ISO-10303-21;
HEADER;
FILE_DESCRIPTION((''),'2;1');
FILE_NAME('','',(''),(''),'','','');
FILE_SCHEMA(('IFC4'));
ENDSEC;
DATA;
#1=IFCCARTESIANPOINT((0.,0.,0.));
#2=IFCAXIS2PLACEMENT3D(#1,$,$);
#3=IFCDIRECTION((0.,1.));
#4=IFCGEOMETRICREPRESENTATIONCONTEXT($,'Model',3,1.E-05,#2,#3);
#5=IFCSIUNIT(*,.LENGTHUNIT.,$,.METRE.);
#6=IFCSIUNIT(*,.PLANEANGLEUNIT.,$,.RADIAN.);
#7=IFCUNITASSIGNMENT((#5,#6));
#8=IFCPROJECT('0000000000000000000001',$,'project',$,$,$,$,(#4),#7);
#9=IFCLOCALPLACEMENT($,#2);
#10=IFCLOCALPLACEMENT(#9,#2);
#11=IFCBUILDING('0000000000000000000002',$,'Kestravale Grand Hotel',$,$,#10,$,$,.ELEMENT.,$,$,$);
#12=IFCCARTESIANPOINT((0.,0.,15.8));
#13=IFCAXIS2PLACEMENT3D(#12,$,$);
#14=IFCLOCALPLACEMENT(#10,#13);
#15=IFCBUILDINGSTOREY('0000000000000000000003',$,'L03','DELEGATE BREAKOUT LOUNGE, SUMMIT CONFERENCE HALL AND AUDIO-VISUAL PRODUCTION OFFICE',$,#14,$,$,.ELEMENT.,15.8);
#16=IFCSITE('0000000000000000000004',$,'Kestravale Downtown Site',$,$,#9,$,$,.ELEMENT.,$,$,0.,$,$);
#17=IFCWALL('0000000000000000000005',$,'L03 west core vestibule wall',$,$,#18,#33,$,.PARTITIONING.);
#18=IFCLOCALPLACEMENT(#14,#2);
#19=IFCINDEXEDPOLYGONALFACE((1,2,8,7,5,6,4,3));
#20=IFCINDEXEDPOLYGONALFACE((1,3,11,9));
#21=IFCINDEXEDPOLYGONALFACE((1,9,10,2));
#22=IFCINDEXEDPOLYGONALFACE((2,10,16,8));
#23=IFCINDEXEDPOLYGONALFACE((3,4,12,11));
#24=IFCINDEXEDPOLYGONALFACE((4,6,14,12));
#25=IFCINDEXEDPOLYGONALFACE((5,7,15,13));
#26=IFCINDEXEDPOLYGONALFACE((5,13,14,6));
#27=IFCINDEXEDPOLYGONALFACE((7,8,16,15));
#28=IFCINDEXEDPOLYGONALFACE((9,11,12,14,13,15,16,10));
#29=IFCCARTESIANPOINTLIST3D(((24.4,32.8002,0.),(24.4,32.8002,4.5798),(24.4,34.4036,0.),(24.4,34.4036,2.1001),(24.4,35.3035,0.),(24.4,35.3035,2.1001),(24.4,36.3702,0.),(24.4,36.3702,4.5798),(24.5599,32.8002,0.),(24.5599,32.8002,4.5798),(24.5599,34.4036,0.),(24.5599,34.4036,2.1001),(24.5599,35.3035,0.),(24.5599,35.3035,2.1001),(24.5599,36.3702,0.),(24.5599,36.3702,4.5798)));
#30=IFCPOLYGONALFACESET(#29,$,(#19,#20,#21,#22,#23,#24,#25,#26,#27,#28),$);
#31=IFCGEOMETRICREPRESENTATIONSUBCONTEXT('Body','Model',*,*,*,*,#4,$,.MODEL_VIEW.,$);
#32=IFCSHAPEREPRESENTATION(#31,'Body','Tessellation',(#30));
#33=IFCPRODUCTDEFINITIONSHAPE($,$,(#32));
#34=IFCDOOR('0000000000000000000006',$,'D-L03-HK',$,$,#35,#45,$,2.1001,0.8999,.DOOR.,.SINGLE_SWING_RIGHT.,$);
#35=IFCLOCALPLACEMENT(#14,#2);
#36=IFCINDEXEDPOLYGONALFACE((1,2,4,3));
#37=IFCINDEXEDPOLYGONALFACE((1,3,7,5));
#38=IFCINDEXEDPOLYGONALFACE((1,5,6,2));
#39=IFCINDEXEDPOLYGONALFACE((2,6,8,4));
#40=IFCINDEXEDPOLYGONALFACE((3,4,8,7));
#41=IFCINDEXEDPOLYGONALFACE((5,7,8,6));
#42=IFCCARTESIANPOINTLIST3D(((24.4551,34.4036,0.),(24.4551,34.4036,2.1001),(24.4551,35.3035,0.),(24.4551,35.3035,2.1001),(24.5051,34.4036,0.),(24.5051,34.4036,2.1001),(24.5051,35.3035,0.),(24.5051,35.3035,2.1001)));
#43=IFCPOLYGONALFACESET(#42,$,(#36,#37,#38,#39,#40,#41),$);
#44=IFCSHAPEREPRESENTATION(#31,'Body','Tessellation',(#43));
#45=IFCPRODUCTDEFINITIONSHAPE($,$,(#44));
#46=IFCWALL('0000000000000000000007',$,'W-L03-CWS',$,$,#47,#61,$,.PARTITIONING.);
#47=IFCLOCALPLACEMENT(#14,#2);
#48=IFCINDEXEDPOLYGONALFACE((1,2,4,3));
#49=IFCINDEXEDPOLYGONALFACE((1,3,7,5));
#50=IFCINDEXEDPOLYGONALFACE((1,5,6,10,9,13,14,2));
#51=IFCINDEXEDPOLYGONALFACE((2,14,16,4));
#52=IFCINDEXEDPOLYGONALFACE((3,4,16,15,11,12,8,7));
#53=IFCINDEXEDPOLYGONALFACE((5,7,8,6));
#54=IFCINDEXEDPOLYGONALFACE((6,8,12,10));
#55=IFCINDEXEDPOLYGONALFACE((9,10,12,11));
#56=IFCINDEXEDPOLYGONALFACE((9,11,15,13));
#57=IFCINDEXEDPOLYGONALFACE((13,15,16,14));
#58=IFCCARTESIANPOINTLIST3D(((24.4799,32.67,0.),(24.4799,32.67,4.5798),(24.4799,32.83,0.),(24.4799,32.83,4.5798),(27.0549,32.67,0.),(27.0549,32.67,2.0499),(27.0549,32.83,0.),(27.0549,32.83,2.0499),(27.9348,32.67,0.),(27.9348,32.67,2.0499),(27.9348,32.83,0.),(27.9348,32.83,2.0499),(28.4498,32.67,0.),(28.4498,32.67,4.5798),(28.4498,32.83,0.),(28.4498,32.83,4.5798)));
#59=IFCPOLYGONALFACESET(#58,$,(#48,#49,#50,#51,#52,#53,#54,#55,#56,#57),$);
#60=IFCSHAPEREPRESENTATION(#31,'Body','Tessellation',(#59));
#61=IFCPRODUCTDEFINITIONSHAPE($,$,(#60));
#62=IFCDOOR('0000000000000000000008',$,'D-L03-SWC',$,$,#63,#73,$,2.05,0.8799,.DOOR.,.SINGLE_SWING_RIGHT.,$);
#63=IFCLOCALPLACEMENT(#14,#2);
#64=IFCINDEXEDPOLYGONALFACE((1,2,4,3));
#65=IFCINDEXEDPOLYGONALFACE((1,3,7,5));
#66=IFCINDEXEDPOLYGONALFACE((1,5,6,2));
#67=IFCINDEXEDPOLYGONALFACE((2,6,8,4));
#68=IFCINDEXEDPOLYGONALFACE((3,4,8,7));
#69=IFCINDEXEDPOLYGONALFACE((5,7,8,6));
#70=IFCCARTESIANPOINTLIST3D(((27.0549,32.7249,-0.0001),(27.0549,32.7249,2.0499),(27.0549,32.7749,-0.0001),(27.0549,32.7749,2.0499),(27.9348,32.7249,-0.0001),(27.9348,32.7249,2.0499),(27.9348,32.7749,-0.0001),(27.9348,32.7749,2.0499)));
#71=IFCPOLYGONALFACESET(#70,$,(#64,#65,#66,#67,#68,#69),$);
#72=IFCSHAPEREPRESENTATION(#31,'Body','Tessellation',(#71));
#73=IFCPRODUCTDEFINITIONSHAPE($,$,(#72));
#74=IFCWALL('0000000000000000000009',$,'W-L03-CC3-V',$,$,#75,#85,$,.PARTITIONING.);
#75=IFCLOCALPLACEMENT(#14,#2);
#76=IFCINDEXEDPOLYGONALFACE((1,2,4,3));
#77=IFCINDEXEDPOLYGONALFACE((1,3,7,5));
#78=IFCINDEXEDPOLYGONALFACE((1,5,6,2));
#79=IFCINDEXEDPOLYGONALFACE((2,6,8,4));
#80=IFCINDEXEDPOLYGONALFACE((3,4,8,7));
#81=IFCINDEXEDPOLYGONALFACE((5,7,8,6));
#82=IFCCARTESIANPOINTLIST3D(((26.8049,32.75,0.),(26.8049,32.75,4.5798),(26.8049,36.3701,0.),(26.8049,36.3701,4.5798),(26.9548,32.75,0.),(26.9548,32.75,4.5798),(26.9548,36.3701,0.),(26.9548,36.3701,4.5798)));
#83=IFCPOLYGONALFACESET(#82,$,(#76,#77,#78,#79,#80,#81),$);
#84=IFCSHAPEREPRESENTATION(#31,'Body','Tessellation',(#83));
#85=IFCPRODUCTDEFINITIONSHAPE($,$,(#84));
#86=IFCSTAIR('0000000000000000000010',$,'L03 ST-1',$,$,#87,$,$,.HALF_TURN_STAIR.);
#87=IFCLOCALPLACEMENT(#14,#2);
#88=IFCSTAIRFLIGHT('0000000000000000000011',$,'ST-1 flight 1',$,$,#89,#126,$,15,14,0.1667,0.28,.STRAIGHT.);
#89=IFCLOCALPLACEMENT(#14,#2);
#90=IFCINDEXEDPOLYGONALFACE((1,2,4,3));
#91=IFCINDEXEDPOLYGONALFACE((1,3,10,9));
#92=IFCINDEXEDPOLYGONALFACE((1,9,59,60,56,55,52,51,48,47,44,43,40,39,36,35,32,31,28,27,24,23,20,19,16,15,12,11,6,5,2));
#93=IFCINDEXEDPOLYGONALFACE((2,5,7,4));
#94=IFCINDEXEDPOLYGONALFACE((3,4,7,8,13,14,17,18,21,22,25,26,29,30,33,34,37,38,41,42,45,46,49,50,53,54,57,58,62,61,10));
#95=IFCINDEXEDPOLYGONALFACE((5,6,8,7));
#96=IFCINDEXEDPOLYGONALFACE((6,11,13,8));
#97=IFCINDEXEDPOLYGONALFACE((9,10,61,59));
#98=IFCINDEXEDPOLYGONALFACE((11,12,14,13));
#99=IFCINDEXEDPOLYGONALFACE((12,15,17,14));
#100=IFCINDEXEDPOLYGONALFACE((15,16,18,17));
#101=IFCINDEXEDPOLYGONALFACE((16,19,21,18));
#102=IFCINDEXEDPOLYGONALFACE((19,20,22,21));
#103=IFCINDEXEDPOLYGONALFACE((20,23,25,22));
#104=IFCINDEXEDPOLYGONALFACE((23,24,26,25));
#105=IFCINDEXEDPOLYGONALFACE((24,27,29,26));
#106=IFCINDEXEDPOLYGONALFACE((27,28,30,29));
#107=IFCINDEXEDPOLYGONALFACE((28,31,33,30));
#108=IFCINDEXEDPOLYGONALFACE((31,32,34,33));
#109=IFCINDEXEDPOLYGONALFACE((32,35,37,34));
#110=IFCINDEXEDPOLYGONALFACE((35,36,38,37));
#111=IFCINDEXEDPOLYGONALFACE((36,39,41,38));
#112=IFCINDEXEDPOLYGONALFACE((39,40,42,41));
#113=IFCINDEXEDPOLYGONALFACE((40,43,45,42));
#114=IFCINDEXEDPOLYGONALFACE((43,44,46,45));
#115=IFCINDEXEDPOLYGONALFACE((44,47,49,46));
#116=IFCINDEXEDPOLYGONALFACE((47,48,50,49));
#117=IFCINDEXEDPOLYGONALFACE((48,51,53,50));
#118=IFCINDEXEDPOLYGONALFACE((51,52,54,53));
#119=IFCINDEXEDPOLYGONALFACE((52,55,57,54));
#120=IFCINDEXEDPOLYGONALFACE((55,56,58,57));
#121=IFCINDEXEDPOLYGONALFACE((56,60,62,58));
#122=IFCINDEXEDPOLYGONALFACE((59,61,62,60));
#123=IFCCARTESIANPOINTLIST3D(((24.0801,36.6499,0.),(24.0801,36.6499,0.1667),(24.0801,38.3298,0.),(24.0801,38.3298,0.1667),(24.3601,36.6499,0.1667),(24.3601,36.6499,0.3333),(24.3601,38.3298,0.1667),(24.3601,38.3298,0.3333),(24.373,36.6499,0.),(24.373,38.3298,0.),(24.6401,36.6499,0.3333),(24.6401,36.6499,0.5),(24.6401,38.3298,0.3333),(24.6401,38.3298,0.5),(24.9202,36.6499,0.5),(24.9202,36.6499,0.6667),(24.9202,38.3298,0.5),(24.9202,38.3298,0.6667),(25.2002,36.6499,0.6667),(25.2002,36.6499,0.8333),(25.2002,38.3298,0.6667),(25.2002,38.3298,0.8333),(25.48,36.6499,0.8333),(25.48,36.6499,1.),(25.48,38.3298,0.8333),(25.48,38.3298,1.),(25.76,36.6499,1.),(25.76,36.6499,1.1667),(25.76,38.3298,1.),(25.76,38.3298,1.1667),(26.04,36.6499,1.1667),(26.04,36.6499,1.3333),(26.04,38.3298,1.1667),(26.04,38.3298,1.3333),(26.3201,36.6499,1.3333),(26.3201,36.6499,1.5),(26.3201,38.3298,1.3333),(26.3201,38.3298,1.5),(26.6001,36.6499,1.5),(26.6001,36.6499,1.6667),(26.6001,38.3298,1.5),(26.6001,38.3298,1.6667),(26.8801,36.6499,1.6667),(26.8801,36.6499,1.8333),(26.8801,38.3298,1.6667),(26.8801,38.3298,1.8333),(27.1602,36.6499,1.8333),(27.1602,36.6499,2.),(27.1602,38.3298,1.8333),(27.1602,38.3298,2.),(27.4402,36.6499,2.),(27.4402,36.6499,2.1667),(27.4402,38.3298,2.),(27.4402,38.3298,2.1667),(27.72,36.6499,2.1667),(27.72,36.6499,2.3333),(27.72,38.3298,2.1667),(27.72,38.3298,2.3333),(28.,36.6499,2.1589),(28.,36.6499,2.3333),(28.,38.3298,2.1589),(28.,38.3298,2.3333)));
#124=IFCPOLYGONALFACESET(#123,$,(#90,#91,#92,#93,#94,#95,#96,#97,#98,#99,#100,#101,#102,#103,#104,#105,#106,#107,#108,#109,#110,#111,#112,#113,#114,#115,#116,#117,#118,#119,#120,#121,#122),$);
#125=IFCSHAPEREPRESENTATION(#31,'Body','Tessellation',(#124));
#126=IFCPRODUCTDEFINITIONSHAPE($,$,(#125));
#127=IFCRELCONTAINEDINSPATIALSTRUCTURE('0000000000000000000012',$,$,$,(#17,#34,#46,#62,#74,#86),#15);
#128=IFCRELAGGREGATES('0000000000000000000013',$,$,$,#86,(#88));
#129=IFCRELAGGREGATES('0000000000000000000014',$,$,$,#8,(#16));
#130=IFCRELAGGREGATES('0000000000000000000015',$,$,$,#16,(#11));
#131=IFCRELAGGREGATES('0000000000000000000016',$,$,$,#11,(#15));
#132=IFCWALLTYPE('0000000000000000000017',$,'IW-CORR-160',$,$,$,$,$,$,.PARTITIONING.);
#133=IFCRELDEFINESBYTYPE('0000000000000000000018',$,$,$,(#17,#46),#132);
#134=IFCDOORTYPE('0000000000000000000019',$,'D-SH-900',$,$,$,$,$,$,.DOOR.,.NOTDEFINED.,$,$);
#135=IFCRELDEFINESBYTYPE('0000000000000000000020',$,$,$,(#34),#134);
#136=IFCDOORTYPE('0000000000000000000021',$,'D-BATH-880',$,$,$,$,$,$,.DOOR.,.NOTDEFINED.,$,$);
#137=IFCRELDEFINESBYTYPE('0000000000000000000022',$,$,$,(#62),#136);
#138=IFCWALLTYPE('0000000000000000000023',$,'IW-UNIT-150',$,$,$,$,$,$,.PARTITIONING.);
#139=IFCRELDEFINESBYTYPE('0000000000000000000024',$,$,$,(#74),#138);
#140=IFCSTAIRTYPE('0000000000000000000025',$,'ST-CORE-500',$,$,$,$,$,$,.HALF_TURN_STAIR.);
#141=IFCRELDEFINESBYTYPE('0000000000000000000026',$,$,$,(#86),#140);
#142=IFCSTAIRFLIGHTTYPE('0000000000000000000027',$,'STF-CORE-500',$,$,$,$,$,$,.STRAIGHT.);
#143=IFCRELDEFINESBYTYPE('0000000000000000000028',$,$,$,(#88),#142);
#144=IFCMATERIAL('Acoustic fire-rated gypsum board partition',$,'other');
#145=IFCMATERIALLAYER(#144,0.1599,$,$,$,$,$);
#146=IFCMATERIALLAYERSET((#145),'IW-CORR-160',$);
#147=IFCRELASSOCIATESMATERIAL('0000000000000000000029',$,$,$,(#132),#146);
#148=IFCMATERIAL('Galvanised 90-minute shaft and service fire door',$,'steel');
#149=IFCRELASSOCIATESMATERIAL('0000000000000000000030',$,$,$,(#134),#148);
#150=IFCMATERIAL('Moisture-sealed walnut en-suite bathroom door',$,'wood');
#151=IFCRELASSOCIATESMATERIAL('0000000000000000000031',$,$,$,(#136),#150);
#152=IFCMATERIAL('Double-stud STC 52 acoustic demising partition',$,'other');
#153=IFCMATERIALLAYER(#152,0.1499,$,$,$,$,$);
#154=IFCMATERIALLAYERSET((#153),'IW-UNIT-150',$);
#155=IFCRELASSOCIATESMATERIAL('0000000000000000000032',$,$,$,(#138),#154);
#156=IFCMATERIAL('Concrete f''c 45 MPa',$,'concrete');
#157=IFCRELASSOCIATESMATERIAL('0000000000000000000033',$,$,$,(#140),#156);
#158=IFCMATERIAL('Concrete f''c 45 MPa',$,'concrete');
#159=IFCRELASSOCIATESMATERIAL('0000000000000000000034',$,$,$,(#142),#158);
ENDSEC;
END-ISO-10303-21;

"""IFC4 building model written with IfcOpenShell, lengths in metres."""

from ifc_helpers import new_model, si_unit, direction, frame, frame_2d, origin, place, context, subcontext, project, spatial, polyline, rectangle, outline, extrude, material, layer, layer_set, type_object, element, fill, aggregate, save


model = new_model("IFC4")

# Units and contexts
model_context = context("Model", 3, precision=1e-05, world=origin(), true_north=direction((0.0, 1.0)))
body_context = subcontext(model_context, "Body", "Model", "MODEL_VIEW")
ifc_project = project(units=[si_unit("LENGTHUNIT", "METRE"), si_unit("PLANEANGLEUNIT", "RADIAN")], contexts=[model_context])

# Site, building, storey
site_placement = place(None, origin())
site = spatial("IfcSite", under=ifc_project, at=site_placement, Name="Kestravale Downtown Site", CompositionType="ELEMENT", RefElevation=0.0)
building_placement = place(site_placement, origin())
building = spatial("IfcBuilding", under=site, at=building_placement, Name="Kestravale Grand Hotel", CompositionType="ELEMENT")
storey_placement = place(building_placement, frame((0.0, 0.0, 15.8)))
storey = spatial("IfcBuildingStorey", under=building, at=storey_placement, Name="L03", Description="DELEGATE BREAKOUT LOUNGE, SUMMIT CONFERENCE HALL AND AUDIO-VISUAL PRODUCTION OFFICE", CompositionType="ELEMENT", Elevation=15.8)

# Walls, openings, doors
ifc_material_1 = material(Name="Acoustic fire-rated gypsum board partition", Category="other")
ifc_layer_1 = layer(ifc_material_1, 0.1599)
ifc_layer_set_1 = layer_set([ifc_layer_1], Name="IW-CORR-160")
wall_type_1 = type_object("IfcWallType", Name="IW-CORR-160", PredefinedType="PARTITIONING", material=ifc_layer_set_1)
wall_1_placement = place(storey_placement, frame((24.48, 32.8, 0.0), z_axis=(0.0, 0.0, 1.0), x_axis=(0.0, 1.0, 0.0)))
wall_1 = element("IfcWall", 1, at=wall_1_placement, inside=storey, type_object=wall_type_1, Name="L03 west core vestibule wall", PredefinedType="PARTITIONING", context=body_context, shape_type="SweptSolid", body=[
    extrude(rectangle(XDim=3.5701, YDim=0.1599, at=frame_2d((1.7852, 0.0))), origin(), (0.0, 0.0, 1.0), 4.5798),
])
opening_1_placement = place(wall_1_placement, frame((1.6035, 0.0, 0.0)))
opening_1 = element("IfcOpeningElement", 2, at=opening_1_placement, cuts=wall_1, PredefinedType="OPENING", context=body_context, shape_type="SweptSolid", body=[
    extrude(rectangle(XDim=0.8999, YDim=2.1001, at=frame_2d((0.45, 1.05))), frame((0.0, 0.0898, 0.0), z_axis=(0.0, -1.0, 0.0), x_axis=(1.0, 0.0, 0.0)), (0.0, 0.0, 1.0), 0.1799),
])
ifc_material_2 = material(Name="Galvanised 90-minute shaft and service fire door", Category="steel")
door_type_1 = type_object("IfcDoorType", Name="D-SH-900", OperationType="NOTDEFINED", PredefinedType="DOOR", material=ifc_material_2)
door_1_placement = place(opening_1_placement, origin())
door_1 = element("IfcDoor", 3, at=door_1_placement, inside=storey, type_object=door_type_1, Name="D-L03-HK", OperationType="SINGLE_SWING_RIGHT", OverallHeight=2.1001, OverallWidth=0.8999, PredefinedType="DOOR", context=body_context, shape_type="SweptSolid", body=[
    extrude(rectangle(XDim=0.8999, YDim=2.1001, at=frame_2d((0.45, 1.05))), frame((0.0, 0.0249, 0.0), z_axis=(0.0, -1.0, 0.0), x_axis=(1.0, 0.0, 0.0)), (0.0, 0.0, 1.0), 0.05),
])
fill(opening_1, door_1)
wall_2_placement = place(storey_placement, frame((24.48, 32.75, 0.0), z_axis=(0.0, 0.0, 1.0), x_axis=(1.0, 0.0, 0.0)))
wall_2 = element("IfcWall", 4, at=wall_2_placement, inside=storey, type_object=wall_type_1, Name="W-L03-CWS", PredefinedType="PARTITIONING", context=body_context, shape_type="SweptSolid", body=[
    extrude(rectangle(XDim=3.97, YDim=0.1599, at=frame_2d((1.9849, 0.0))), origin(), (0.0, 0.0, 1.0), 4.5798),
])
opening_2_placement = place(wall_2_placement, frame((2.575, 0.0, 0.0)))
opening_2 = element("IfcOpeningElement", 5, at=opening_2_placement, cuts=wall_2, PredefinedType="OPENING", context=body_context, shape_type="SweptSolid", body=[
    extrude(rectangle(XDim=0.8799, YDim=2.05, at=frame_2d((0.4399, 1.0249))), frame((0.0, 0.0898, 0.0), z_axis=(0.0, -1.0, 0.0), x_axis=(1.0, 0.0, 0.0)), (0.0, 0.0, 1.0), 0.1799),
])
ifc_material_3 = material(Name="Moisture-sealed walnut en-suite bathroom door", Category="wood")
door_type_2 = type_object("IfcDoorType", Name="D-BATH-880", OperationType="NOTDEFINED", PredefinedType="DOOR", material=ifc_material_3)
door_2_placement = place(opening_2_placement, origin())
door_2 = element("IfcDoor", 6, at=door_2_placement, inside=storey, type_object=door_type_2, Name="D-L03-SWC", OperationType="SINGLE_SWING_RIGHT", OverallHeight=2.05, OverallWidth=0.8799, PredefinedType="DOOR", context=body_context, shape_type="SweptSolid", body=[
    extrude(rectangle(XDim=0.8799, YDim=2.05, at=frame_2d((0.4399, 1.0249))), frame((0.0, 0.0249, 0.0), z_axis=(0.0, -1.0, 0.0), x_axis=(1.0, 0.0, 0.0)), (0.0, 0.0, 1.0), 0.05),
])
fill(opening_2, door_2)

# Wall
ifc_material_4 = material(Name="Double-stud STC 52 acoustic demising partition", Category="other")
ifc_layer_2 = layer(ifc_material_4, 0.1499)
ifc_layer_set_2 = layer_set([ifc_layer_2], Name="IW-UNIT-150")
wall_type_2 = type_object("IfcWallType", Name="IW-UNIT-150", PredefinedType="PARTITIONING", material=ifc_layer_set_2)
wall_3_placement = place(storey_placement, frame((26.8799, 32.75, 0.0), z_axis=(0.0, 0.0, 1.0), x_axis=(0.0, 1.0, 0.0)))
element("IfcWall", 7, at=wall_3_placement, inside=storey, type_object=wall_type_2, Name="W-L03-CC3-V", PredefinedType="PARTITIONING", context=body_context, shape_type="SweptSolid", body=[
    extrude(rectangle(XDim=3.6201, YDim=0.1499, at=frame_2d((1.8101, 0.0))), origin(), (0.0, 0.0, 1.0), 4.5798),
])

# Stair, stair flight
ifc_material_5 = material(Name="Concrete f'c 45 MPa", Category="concrete")
stair_type = type_object("IfcStairType", Name="ST-CORE-500", PredefinedType="HALF_TURN_STAIR", material=ifc_material_5)
stair_placement = place(storey_placement, origin())
stair = element("IfcStair", 8, at=stair_placement, inside=storey, type_object=stair_type, Name="L03 ST-1", PredefinedType="HALF_TURN_STAIR")
ifc_material_6 = material(Name="Concrete f'c 45 MPa", Category="concrete")
stair_flight_type = type_object("IfcStairFlightType", Name="STF-CORE-500", PredefinedType="STRAIGHT", material=ifc_material_6)
stair_flight_placement = place(storey_placement, frame((24.0801, 37.49, 0.0), z_axis=(0.0, 0.0, 1.0), x_axis=(1.0, 0.0, 0.0)))
stair_flight = element("IfcStairFlight", 9, at=stair_flight_placement, type_object=stair_flight_type, Name="ST-1 flight 1", NumberOfRisers=15, NumberOfTreads=14, PredefinedType="STRAIGHT", RiserHeight=0.1667, TreadLength=0.28, context=body_context, shape_type="SweptSolid", body=[
    extrude(outline(polyline([(0.0, 0.0), (0.0, 0.1667), (0.28, 0.1667), (0.28, 0.3333), (0.5601, 0.3333), (0.5601, 0.5), (0.8401, 0.5), (0.8401, 0.6667), (1.1201, 0.6667), (1.1201, 0.8333), (1.3999, 0.8333), (1.3999, 1.0), (1.6799, 1.0), (1.6799, 1.1667), (1.96, 1.1667), (1.96, 1.3333), (2.24, 1.3333), (2.24, 1.5), (2.52, 1.5), (2.52, 1.6667), (2.8, 1.6667), (2.8, 1.8333), (3.0801, 1.8333), (3.0801, 2.0), (3.3601, 2.0), (3.3601, 2.1667), (3.6399, 2.1667), (3.6399, 2.3333), (3.9199, 2.3333), (3.9199, 2.5), (3.9199, 2.1589), (0.293, 0.0), (0.0, 0.0)])), frame((0.0, 0.8398, 0.0), z_axis=(0.0, -1.0, 0.0), x_axis=(1.0, 0.0, 0.0)), (0.0, 0.0, 1.0), 1.6799),
])
aggregate(stair, [stair_flight])

save(model, "model.ifc")
